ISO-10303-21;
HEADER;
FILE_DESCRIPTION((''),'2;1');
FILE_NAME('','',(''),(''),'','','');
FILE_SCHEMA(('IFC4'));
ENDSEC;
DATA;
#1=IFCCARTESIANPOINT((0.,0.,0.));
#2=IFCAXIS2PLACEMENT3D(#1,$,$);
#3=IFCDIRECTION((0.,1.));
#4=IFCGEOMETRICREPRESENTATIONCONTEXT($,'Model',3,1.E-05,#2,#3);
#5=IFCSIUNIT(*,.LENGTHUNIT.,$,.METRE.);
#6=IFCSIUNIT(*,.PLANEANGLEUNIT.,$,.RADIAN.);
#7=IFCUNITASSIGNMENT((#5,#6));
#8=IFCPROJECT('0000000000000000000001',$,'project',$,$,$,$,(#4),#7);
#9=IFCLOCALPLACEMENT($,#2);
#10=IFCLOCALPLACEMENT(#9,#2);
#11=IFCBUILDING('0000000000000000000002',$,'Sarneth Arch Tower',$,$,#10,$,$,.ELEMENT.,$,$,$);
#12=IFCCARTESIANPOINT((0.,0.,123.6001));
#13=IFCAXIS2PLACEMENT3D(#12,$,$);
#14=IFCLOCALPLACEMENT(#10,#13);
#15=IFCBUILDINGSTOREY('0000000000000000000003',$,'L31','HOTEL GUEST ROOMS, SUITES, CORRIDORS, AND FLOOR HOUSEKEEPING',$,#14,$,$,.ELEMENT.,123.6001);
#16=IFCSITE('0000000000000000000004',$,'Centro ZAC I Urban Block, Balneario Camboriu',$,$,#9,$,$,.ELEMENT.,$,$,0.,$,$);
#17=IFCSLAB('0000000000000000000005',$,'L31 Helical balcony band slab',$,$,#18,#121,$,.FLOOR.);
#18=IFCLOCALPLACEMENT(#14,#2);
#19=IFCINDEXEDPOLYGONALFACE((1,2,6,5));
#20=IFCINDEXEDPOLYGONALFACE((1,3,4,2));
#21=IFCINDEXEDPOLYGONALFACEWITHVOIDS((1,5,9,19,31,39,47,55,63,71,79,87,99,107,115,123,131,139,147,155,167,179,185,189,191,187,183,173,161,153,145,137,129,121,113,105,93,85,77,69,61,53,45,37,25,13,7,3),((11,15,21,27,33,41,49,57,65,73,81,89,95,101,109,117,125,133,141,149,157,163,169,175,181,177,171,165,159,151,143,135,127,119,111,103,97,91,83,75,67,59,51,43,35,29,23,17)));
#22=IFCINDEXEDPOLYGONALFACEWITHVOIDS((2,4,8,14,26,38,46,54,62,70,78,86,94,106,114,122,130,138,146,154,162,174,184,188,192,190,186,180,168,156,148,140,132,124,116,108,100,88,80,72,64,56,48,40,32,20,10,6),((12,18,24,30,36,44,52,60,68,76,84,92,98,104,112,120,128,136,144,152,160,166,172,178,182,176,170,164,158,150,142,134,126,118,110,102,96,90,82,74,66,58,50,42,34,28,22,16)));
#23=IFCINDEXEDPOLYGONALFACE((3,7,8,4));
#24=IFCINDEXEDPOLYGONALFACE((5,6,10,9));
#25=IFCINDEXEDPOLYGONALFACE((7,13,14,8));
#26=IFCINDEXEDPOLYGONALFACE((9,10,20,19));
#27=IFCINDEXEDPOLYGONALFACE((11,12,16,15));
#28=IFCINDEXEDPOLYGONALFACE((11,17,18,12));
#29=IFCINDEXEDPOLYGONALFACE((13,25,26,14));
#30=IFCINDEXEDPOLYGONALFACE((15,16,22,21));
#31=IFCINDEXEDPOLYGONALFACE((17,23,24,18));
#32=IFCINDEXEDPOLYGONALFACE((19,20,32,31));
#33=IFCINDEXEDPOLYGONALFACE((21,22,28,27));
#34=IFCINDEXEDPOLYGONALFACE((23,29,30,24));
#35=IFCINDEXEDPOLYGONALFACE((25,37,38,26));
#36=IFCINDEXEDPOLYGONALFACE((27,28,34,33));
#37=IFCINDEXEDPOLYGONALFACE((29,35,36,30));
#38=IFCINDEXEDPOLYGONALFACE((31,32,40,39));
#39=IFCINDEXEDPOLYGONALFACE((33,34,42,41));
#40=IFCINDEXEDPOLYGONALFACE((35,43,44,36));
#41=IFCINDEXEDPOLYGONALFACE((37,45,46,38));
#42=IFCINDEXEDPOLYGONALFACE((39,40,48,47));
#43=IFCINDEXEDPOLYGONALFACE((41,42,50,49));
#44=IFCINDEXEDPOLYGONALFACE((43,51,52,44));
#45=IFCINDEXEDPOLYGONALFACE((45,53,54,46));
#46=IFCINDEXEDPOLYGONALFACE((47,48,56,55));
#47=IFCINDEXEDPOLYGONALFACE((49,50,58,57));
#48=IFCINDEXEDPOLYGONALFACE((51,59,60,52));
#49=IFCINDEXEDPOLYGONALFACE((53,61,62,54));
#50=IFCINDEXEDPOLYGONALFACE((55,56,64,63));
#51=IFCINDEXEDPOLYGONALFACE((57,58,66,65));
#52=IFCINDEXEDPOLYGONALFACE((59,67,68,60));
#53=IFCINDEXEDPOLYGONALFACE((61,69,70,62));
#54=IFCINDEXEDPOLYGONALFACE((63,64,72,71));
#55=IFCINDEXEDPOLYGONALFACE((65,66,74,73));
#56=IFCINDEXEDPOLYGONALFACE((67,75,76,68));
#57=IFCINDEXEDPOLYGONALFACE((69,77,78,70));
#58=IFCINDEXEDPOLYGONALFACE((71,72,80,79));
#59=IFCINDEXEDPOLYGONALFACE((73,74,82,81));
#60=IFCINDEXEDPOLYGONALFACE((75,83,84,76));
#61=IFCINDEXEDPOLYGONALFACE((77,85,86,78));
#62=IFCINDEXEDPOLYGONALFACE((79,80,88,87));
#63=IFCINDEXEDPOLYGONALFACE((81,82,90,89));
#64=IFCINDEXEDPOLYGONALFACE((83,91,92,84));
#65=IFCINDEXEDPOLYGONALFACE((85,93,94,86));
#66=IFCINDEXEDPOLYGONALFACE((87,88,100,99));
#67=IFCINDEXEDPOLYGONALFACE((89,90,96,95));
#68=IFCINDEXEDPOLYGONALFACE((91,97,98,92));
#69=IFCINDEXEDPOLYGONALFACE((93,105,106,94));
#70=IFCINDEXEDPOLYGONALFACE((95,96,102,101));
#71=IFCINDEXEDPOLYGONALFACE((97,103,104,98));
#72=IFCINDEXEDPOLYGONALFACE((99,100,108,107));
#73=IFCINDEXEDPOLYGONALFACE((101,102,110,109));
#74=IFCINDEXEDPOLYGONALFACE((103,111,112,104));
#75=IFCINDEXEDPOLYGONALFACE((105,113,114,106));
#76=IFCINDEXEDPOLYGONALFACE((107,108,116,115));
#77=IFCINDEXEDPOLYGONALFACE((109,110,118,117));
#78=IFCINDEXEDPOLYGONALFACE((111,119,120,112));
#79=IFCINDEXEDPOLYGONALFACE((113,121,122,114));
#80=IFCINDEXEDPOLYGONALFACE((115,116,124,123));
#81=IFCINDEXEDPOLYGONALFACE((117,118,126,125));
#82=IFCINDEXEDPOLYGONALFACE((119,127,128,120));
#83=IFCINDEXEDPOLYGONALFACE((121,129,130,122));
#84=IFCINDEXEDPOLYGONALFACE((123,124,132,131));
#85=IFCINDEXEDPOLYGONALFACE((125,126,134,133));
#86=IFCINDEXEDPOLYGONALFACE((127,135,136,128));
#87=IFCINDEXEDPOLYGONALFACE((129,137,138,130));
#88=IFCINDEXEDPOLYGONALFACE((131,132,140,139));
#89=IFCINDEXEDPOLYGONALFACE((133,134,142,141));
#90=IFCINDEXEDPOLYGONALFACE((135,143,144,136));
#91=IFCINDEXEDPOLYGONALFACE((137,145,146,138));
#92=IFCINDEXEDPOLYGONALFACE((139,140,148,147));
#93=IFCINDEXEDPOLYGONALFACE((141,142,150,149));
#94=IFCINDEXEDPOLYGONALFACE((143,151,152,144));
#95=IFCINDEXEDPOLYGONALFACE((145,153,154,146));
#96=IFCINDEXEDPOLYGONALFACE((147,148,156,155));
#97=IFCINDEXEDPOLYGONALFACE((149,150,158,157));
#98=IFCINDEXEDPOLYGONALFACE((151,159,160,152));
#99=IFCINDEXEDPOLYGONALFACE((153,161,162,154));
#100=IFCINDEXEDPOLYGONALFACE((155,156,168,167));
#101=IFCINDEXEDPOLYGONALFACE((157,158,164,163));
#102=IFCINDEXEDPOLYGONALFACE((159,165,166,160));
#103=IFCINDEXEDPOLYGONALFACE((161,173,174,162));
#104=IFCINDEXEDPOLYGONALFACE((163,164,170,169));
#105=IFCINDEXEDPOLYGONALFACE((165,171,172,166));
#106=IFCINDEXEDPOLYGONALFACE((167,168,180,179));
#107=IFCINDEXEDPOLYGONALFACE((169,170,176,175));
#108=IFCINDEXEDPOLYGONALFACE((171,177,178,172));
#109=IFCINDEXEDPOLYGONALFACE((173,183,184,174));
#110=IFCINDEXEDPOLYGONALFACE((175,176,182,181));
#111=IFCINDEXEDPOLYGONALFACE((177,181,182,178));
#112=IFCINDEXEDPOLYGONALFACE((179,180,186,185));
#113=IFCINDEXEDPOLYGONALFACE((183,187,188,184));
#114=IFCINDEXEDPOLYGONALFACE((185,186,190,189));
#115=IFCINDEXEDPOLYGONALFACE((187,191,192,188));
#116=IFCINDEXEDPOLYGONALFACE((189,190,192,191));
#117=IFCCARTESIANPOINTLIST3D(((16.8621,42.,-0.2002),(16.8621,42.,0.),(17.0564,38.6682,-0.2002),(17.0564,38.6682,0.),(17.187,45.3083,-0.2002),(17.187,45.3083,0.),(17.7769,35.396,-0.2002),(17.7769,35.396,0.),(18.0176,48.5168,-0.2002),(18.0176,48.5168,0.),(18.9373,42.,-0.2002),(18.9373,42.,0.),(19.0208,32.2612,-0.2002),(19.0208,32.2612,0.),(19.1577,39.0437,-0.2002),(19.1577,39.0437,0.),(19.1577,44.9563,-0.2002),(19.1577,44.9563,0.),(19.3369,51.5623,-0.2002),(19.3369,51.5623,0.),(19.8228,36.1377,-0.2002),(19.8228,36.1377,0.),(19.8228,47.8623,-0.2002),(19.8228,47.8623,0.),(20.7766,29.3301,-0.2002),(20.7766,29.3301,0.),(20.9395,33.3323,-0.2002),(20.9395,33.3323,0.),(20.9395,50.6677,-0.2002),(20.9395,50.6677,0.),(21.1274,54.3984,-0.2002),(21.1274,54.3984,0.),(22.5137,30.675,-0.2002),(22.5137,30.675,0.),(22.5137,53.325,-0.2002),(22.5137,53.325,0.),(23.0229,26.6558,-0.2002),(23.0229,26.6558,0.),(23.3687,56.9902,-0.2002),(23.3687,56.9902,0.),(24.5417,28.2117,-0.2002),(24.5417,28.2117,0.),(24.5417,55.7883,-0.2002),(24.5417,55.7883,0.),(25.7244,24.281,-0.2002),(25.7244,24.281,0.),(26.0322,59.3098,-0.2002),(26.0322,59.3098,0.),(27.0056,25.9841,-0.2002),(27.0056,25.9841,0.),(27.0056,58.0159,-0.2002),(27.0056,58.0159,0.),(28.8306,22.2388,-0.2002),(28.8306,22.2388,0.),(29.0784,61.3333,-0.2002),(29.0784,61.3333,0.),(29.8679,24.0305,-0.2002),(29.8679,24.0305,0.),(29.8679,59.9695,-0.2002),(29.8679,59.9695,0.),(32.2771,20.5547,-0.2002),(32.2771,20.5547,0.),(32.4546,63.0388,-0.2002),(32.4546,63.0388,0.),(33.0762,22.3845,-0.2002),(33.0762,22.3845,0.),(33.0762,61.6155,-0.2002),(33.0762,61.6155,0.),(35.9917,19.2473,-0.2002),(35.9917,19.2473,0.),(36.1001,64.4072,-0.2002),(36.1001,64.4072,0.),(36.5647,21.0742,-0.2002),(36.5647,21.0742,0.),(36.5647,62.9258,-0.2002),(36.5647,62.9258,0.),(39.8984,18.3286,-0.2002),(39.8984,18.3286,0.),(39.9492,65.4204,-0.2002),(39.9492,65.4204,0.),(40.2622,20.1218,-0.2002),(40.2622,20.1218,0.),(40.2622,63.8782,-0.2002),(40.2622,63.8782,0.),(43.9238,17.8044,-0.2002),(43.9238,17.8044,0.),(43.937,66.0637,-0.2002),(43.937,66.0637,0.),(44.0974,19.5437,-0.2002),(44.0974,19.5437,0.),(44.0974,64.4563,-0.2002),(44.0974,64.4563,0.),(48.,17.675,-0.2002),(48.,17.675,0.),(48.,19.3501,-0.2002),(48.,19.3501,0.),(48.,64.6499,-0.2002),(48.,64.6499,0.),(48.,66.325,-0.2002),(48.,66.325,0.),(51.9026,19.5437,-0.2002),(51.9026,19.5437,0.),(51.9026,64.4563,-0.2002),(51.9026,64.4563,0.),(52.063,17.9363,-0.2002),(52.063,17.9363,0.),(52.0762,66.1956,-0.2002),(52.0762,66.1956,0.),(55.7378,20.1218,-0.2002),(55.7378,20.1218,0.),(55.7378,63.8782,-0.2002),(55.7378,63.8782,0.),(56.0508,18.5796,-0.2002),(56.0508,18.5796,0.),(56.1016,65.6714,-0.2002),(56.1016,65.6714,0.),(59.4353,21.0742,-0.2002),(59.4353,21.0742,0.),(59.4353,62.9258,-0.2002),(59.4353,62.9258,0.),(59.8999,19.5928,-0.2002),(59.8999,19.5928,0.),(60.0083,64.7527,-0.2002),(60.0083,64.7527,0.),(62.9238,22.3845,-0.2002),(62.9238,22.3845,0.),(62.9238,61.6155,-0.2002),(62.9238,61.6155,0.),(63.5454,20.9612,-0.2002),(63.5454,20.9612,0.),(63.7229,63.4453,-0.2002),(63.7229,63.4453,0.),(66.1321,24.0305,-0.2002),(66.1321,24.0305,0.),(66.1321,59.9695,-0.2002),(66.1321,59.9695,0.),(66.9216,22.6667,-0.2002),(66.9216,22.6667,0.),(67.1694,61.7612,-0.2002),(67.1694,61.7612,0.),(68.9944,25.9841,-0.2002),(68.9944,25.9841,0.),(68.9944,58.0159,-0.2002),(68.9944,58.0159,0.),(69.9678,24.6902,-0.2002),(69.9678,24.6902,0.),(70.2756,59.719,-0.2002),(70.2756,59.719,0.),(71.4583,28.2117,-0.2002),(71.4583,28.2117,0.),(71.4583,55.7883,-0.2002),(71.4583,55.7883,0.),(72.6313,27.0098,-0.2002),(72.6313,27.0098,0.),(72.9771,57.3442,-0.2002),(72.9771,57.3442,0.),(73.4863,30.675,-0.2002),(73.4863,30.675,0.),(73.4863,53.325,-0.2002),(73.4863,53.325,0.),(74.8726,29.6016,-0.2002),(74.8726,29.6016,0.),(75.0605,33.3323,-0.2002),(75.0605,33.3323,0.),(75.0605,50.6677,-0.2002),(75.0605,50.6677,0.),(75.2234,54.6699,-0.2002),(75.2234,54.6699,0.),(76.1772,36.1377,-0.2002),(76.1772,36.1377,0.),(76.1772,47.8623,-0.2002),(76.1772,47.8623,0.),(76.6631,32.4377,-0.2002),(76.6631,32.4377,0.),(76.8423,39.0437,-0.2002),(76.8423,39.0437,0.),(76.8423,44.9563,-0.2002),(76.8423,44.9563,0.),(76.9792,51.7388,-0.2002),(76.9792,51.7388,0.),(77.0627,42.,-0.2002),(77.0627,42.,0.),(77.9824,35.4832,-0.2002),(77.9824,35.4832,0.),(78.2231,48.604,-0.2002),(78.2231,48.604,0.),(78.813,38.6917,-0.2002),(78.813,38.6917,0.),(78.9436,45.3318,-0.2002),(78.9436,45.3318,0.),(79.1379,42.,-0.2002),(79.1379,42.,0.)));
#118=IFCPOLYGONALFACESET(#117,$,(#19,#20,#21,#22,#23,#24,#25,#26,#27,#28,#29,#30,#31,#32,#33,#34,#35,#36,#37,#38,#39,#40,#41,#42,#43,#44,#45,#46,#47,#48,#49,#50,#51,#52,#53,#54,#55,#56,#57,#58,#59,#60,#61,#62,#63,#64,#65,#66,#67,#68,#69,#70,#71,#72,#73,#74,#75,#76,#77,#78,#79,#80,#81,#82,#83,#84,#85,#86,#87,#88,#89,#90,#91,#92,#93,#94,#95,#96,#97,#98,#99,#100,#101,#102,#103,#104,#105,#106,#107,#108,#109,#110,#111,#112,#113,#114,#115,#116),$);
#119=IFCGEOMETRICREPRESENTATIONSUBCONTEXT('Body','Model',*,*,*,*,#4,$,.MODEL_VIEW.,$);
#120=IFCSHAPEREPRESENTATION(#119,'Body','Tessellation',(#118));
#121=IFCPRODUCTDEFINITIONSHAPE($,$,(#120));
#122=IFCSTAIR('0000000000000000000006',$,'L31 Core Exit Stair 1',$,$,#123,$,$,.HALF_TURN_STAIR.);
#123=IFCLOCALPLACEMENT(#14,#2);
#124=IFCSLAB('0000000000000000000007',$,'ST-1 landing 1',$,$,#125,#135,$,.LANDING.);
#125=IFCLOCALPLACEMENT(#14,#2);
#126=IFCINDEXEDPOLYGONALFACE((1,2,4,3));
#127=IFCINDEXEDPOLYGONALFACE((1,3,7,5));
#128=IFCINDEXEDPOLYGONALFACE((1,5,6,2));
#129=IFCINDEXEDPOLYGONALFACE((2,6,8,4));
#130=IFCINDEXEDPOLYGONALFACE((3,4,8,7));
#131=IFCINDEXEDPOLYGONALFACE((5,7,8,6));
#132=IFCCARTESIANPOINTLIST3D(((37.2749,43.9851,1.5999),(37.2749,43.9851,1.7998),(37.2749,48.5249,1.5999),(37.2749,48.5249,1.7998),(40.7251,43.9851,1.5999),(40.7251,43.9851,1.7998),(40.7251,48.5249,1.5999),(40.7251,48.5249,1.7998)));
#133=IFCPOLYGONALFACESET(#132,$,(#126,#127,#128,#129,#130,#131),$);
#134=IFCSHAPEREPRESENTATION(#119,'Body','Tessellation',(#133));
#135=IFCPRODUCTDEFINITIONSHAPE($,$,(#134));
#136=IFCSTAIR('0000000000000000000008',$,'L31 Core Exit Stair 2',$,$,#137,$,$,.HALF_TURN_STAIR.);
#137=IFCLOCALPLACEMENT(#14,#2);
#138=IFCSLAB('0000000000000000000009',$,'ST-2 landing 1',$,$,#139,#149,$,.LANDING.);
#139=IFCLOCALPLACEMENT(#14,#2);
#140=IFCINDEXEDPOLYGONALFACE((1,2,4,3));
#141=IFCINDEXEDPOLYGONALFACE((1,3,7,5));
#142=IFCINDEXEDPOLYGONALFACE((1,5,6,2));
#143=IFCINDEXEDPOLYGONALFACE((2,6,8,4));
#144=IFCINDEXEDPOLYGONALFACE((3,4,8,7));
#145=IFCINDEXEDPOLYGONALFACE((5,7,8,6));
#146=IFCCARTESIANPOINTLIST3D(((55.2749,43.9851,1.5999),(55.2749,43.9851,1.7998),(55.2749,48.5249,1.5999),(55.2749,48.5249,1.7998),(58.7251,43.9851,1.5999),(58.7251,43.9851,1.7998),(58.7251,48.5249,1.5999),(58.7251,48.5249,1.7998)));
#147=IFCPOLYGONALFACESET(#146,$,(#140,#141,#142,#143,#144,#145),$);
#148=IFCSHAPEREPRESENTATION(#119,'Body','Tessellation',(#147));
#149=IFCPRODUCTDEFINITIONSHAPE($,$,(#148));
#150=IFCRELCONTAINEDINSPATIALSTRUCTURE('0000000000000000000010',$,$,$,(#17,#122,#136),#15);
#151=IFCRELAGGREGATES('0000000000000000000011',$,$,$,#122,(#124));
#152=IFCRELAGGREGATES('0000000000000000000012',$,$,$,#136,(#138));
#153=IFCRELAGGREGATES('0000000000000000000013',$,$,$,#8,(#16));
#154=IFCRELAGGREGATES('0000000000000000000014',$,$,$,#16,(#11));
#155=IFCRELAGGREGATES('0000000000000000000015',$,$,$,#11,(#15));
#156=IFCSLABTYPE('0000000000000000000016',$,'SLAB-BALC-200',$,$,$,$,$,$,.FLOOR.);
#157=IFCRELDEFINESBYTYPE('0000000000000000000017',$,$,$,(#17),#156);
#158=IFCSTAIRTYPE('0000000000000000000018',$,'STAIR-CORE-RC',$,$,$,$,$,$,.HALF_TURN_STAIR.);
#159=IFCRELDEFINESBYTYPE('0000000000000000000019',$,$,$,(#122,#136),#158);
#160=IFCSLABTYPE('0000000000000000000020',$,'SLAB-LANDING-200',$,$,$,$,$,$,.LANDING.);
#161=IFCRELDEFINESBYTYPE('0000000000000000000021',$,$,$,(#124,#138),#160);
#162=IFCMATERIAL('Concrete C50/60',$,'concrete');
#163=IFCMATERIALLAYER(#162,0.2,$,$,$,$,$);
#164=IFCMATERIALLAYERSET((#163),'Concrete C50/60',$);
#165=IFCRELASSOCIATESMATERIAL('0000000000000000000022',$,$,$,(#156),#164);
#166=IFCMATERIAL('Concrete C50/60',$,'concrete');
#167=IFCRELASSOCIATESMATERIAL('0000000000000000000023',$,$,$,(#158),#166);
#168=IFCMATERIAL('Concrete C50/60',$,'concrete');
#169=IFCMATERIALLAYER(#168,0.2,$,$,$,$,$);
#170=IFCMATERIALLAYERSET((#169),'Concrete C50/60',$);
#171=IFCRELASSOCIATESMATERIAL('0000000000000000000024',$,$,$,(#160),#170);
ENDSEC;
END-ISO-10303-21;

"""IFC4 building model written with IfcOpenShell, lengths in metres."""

from ifc_helpers import new_model, si_unit, direction, frame, origin, place, context, subcontext, project, spatial, polyline, outline, extrude, material, layer, layer_set, type_object, element, aggregate, save


model = new_model("IFC4")

# Units and contexts
model_context = context("Model", 3, precision=1e-05, world=origin(), true_north=direction((0.0, 1.0)))
body_context = subcontext(model_context, "Body", "Model", "MODEL_VIEW")
ifc_project = project(units=[si_unit("LENGTHUNIT", "METRE"), si_unit("PLANEANGLEUNIT", "RADIAN")], contexts=[model_context])

# Site, building, storey
site_placement = place(None, origin())
site = spatial("IfcSite", under=ifc_project, at=site_placement, Name="Centro ZAC I Urban Block, Balneario Camboriu", CompositionType="ELEMENT", RefElevation=0.0)
building_placement = place(site_placement, origin())
building = spatial("IfcBuilding", under=site, at=building_placement, Name="Sarneth Arch Tower", CompositionType="ELEMENT")
storey_placement = place(building_placement, frame((0.0, 0.0, 123.6001)))
storey = spatial("IfcBuildingStorey", under=building, at=storey_placement, Name="L31", Description="HOTEL GUEST ROOMS, SUITES, CORRIDORS, AND FLOOR HOUSEKEEPING", CompositionType="ELEMENT", Elevation=123.6001)

# Slab
ifc_material_1 = material(Name="Concrete C50/60", Category="concrete")
ifc_layer_1 = layer(ifc_material_1, 0.2)
ifc_layer_set_1 = layer_set([ifc_layer_1], Name="Concrete C50/60")
slab_type_1 = type_object("IfcSlabType", Name="SLAB-BALC-200", PredefinedType="FLOOR", material=ifc_layer_set_1)
slab_1_placement = place(storey_placement, frame((0.0, 0.0, -0.2002)))
element("IfcSlab", 1, at=slab_1_placement, inside=storey, type_object=slab_type_1, Name="L31 Helical balcony band slab", PredefinedType="FLOOR", context=body_context, shape_type="SweptSolid", body=[
    extrude(outline(polyline([(79.1379, 42.0), (78.9436, 45.3318), (78.2231, 48.604), (76.9792, 51.7388), (75.2234, 54.6699), (72.9771, 57.3442), (70.2756, 59.719), (67.1694, 61.7612), (63.7229, 63.4453), (60.0083, 64.7527), (56.1016, 65.6714), (52.0762, 66.1956), (48.0, 66.325), (43.937, 66.0637), (39.9492, 65.4204), (36.1001, 64.4072), (32.4546, 63.0388), (29.0784, 61.3333), (26.0322, 59.3098), (23.3687, 56.9902), (21.1274, 54.3984), (19.3369, 51.5623), (18.0176, 48.5168), (17.187, 45.3083), (16.8621, 42.0), (17.0564, 38.6682), (17.7769, 35.396), (19.0208, 32.2612), (20.7766, 29.3301), (23.0229, 26.6558), (25.7244, 24.281), (28.8306, 22.2388), (32.2771, 20.5547), (35.9917, 19.2473), (39.8984, 18.3286), (43.9238, 17.8044), (48.0, 17.675), (52.063, 17.9363), (56.0508, 18.5796), (59.8999, 19.5928), (63.5454, 20.9612), (66.9216, 22.6667), (69.9678, 24.6902), (72.6313, 27.0098), (74.8726, 29.6016), (76.6631, 32.4377), (77.9824, 35.4832), (78.813, 38.6917), (79.1379, 42.0)]), holes=[polyline([(77.0627, 42.0), (76.8423, 44.9563), (76.1772, 47.8623), (75.0605, 50.6677), (73.4863, 53.325), (71.4583, 55.7883), (68.9944, 58.0159), (66.1321, 59.9695), (62.9238, 61.6155), (59.4353, 62.9258), (55.7378, 63.8782), (51.9026, 64.4563), (48.0, 64.6499), (44.0974, 64.4563), (40.2622, 63.8782), (36.5647, 62.9258), (33.0762, 61.6155), (29.8679, 59.9695), (27.0056, 58.0159), (24.5417, 55.7883), (22.5137, 53.325), (20.9395, 50.6677), (19.8228, 47.8623), (19.1577, 44.9563), (18.9373, 42.0), (19.1577, 39.0437), (19.8228, 36.1377), (20.9395, 33.3323), (22.5137, 30.675), (24.5417, 28.2117), (27.0056, 25.9841), (29.8679, 24.0305), (33.0762, 22.3845), (36.5647, 21.0742), (40.2622, 20.1218), (44.0974, 19.5437), (48.0, 19.3501), (51.9026, 19.5437), (55.7378, 20.1218), (59.4353, 21.0742), (62.9238, 22.3845), (66.1321, 24.0305), (68.9944, 25.9841), (71.4583, 28.2117), (73.4863, 30.675), (75.0605, 33.3323), (76.1772, 36.1377), (76.8423, 39.0437), (77.0627, 42.0)])]), origin(), (0.0, 0.0, 1.0), 0.2002),
])

# Stairs, slabs
ifc_material_2 = material(Name="Concrete C50/60", Category="concrete")
stair_type = type_object("IfcStairType", Name="STAIR-CORE-RC", PredefinedType="HALF_TURN_STAIR", material=ifc_material_2)
stair_1_placement = place(storey_placement, origin())
stair_1 = element("IfcStair", 2, at=stair_1_placement, inside=storey, type_object=stair_type, Name="L31 Core Exit Stair 1", PredefinedType="HALF_TURN_STAIR")
ifc_material_3 = material(Name="Concrete C50/60", Category="concrete")
ifc_layer_2 = layer(ifc_material_3, 0.2)
ifc_layer_set_2 = layer_set([ifc_layer_2], Name="Concrete C50/60")
slab_type_2 = type_object("IfcSlabType", Name="SLAB-LANDING-200", PredefinedType="LANDING", material=ifc_layer_set_2)
slab_2_placement = place(storey_placement, frame((0.0, 0.0, 1.5999)))
slab_2 = element("IfcSlab", 3, at=slab_2_placement, type_object=slab_type_2, Name="ST-1 landing 1", PredefinedType="LANDING", context=body_context, shape_type="SweptSolid", body=[
    extrude(outline(polyline([(37.2749, 43.9851), (40.7251, 43.9851), (40.7251, 48.5249), (37.2749, 48.5249), (37.2749, 43.9851)])), origin(), (0.0, 0.0, 1.0), 0.2),
])
aggregate(stair_1, [slab_2])
stair_2_placement = place(storey_placement, origin())
stair_2 = element("IfcStair", 4, at=stair_2_placement, inside=storey, type_object=stair_type, Name="L31 Core Exit Stair 2", PredefinedType="HALF_TURN_STAIR")
slab_3_placement = place(storey_placement, frame((0.0, 0.0, 1.5999)))
slab_3 = element("IfcSlab", 5, at=slab_3_placement, type_object=slab_type_2, Name="ST-2 landing 1", PredefinedType="LANDING", context=body_context, shape_type="SweptSolid", body=[
    extrude(outline(polyline([(55.2749, 43.9851), (58.7251, 43.9851), (58.7251, 48.5249), (55.2749, 48.5249), (55.2749, 43.9851)])), origin(), (0.0, 0.0, 1.0), 0.2),
])
aggregate(stair_2, [slab_3])

save(model, "model.ifc")
